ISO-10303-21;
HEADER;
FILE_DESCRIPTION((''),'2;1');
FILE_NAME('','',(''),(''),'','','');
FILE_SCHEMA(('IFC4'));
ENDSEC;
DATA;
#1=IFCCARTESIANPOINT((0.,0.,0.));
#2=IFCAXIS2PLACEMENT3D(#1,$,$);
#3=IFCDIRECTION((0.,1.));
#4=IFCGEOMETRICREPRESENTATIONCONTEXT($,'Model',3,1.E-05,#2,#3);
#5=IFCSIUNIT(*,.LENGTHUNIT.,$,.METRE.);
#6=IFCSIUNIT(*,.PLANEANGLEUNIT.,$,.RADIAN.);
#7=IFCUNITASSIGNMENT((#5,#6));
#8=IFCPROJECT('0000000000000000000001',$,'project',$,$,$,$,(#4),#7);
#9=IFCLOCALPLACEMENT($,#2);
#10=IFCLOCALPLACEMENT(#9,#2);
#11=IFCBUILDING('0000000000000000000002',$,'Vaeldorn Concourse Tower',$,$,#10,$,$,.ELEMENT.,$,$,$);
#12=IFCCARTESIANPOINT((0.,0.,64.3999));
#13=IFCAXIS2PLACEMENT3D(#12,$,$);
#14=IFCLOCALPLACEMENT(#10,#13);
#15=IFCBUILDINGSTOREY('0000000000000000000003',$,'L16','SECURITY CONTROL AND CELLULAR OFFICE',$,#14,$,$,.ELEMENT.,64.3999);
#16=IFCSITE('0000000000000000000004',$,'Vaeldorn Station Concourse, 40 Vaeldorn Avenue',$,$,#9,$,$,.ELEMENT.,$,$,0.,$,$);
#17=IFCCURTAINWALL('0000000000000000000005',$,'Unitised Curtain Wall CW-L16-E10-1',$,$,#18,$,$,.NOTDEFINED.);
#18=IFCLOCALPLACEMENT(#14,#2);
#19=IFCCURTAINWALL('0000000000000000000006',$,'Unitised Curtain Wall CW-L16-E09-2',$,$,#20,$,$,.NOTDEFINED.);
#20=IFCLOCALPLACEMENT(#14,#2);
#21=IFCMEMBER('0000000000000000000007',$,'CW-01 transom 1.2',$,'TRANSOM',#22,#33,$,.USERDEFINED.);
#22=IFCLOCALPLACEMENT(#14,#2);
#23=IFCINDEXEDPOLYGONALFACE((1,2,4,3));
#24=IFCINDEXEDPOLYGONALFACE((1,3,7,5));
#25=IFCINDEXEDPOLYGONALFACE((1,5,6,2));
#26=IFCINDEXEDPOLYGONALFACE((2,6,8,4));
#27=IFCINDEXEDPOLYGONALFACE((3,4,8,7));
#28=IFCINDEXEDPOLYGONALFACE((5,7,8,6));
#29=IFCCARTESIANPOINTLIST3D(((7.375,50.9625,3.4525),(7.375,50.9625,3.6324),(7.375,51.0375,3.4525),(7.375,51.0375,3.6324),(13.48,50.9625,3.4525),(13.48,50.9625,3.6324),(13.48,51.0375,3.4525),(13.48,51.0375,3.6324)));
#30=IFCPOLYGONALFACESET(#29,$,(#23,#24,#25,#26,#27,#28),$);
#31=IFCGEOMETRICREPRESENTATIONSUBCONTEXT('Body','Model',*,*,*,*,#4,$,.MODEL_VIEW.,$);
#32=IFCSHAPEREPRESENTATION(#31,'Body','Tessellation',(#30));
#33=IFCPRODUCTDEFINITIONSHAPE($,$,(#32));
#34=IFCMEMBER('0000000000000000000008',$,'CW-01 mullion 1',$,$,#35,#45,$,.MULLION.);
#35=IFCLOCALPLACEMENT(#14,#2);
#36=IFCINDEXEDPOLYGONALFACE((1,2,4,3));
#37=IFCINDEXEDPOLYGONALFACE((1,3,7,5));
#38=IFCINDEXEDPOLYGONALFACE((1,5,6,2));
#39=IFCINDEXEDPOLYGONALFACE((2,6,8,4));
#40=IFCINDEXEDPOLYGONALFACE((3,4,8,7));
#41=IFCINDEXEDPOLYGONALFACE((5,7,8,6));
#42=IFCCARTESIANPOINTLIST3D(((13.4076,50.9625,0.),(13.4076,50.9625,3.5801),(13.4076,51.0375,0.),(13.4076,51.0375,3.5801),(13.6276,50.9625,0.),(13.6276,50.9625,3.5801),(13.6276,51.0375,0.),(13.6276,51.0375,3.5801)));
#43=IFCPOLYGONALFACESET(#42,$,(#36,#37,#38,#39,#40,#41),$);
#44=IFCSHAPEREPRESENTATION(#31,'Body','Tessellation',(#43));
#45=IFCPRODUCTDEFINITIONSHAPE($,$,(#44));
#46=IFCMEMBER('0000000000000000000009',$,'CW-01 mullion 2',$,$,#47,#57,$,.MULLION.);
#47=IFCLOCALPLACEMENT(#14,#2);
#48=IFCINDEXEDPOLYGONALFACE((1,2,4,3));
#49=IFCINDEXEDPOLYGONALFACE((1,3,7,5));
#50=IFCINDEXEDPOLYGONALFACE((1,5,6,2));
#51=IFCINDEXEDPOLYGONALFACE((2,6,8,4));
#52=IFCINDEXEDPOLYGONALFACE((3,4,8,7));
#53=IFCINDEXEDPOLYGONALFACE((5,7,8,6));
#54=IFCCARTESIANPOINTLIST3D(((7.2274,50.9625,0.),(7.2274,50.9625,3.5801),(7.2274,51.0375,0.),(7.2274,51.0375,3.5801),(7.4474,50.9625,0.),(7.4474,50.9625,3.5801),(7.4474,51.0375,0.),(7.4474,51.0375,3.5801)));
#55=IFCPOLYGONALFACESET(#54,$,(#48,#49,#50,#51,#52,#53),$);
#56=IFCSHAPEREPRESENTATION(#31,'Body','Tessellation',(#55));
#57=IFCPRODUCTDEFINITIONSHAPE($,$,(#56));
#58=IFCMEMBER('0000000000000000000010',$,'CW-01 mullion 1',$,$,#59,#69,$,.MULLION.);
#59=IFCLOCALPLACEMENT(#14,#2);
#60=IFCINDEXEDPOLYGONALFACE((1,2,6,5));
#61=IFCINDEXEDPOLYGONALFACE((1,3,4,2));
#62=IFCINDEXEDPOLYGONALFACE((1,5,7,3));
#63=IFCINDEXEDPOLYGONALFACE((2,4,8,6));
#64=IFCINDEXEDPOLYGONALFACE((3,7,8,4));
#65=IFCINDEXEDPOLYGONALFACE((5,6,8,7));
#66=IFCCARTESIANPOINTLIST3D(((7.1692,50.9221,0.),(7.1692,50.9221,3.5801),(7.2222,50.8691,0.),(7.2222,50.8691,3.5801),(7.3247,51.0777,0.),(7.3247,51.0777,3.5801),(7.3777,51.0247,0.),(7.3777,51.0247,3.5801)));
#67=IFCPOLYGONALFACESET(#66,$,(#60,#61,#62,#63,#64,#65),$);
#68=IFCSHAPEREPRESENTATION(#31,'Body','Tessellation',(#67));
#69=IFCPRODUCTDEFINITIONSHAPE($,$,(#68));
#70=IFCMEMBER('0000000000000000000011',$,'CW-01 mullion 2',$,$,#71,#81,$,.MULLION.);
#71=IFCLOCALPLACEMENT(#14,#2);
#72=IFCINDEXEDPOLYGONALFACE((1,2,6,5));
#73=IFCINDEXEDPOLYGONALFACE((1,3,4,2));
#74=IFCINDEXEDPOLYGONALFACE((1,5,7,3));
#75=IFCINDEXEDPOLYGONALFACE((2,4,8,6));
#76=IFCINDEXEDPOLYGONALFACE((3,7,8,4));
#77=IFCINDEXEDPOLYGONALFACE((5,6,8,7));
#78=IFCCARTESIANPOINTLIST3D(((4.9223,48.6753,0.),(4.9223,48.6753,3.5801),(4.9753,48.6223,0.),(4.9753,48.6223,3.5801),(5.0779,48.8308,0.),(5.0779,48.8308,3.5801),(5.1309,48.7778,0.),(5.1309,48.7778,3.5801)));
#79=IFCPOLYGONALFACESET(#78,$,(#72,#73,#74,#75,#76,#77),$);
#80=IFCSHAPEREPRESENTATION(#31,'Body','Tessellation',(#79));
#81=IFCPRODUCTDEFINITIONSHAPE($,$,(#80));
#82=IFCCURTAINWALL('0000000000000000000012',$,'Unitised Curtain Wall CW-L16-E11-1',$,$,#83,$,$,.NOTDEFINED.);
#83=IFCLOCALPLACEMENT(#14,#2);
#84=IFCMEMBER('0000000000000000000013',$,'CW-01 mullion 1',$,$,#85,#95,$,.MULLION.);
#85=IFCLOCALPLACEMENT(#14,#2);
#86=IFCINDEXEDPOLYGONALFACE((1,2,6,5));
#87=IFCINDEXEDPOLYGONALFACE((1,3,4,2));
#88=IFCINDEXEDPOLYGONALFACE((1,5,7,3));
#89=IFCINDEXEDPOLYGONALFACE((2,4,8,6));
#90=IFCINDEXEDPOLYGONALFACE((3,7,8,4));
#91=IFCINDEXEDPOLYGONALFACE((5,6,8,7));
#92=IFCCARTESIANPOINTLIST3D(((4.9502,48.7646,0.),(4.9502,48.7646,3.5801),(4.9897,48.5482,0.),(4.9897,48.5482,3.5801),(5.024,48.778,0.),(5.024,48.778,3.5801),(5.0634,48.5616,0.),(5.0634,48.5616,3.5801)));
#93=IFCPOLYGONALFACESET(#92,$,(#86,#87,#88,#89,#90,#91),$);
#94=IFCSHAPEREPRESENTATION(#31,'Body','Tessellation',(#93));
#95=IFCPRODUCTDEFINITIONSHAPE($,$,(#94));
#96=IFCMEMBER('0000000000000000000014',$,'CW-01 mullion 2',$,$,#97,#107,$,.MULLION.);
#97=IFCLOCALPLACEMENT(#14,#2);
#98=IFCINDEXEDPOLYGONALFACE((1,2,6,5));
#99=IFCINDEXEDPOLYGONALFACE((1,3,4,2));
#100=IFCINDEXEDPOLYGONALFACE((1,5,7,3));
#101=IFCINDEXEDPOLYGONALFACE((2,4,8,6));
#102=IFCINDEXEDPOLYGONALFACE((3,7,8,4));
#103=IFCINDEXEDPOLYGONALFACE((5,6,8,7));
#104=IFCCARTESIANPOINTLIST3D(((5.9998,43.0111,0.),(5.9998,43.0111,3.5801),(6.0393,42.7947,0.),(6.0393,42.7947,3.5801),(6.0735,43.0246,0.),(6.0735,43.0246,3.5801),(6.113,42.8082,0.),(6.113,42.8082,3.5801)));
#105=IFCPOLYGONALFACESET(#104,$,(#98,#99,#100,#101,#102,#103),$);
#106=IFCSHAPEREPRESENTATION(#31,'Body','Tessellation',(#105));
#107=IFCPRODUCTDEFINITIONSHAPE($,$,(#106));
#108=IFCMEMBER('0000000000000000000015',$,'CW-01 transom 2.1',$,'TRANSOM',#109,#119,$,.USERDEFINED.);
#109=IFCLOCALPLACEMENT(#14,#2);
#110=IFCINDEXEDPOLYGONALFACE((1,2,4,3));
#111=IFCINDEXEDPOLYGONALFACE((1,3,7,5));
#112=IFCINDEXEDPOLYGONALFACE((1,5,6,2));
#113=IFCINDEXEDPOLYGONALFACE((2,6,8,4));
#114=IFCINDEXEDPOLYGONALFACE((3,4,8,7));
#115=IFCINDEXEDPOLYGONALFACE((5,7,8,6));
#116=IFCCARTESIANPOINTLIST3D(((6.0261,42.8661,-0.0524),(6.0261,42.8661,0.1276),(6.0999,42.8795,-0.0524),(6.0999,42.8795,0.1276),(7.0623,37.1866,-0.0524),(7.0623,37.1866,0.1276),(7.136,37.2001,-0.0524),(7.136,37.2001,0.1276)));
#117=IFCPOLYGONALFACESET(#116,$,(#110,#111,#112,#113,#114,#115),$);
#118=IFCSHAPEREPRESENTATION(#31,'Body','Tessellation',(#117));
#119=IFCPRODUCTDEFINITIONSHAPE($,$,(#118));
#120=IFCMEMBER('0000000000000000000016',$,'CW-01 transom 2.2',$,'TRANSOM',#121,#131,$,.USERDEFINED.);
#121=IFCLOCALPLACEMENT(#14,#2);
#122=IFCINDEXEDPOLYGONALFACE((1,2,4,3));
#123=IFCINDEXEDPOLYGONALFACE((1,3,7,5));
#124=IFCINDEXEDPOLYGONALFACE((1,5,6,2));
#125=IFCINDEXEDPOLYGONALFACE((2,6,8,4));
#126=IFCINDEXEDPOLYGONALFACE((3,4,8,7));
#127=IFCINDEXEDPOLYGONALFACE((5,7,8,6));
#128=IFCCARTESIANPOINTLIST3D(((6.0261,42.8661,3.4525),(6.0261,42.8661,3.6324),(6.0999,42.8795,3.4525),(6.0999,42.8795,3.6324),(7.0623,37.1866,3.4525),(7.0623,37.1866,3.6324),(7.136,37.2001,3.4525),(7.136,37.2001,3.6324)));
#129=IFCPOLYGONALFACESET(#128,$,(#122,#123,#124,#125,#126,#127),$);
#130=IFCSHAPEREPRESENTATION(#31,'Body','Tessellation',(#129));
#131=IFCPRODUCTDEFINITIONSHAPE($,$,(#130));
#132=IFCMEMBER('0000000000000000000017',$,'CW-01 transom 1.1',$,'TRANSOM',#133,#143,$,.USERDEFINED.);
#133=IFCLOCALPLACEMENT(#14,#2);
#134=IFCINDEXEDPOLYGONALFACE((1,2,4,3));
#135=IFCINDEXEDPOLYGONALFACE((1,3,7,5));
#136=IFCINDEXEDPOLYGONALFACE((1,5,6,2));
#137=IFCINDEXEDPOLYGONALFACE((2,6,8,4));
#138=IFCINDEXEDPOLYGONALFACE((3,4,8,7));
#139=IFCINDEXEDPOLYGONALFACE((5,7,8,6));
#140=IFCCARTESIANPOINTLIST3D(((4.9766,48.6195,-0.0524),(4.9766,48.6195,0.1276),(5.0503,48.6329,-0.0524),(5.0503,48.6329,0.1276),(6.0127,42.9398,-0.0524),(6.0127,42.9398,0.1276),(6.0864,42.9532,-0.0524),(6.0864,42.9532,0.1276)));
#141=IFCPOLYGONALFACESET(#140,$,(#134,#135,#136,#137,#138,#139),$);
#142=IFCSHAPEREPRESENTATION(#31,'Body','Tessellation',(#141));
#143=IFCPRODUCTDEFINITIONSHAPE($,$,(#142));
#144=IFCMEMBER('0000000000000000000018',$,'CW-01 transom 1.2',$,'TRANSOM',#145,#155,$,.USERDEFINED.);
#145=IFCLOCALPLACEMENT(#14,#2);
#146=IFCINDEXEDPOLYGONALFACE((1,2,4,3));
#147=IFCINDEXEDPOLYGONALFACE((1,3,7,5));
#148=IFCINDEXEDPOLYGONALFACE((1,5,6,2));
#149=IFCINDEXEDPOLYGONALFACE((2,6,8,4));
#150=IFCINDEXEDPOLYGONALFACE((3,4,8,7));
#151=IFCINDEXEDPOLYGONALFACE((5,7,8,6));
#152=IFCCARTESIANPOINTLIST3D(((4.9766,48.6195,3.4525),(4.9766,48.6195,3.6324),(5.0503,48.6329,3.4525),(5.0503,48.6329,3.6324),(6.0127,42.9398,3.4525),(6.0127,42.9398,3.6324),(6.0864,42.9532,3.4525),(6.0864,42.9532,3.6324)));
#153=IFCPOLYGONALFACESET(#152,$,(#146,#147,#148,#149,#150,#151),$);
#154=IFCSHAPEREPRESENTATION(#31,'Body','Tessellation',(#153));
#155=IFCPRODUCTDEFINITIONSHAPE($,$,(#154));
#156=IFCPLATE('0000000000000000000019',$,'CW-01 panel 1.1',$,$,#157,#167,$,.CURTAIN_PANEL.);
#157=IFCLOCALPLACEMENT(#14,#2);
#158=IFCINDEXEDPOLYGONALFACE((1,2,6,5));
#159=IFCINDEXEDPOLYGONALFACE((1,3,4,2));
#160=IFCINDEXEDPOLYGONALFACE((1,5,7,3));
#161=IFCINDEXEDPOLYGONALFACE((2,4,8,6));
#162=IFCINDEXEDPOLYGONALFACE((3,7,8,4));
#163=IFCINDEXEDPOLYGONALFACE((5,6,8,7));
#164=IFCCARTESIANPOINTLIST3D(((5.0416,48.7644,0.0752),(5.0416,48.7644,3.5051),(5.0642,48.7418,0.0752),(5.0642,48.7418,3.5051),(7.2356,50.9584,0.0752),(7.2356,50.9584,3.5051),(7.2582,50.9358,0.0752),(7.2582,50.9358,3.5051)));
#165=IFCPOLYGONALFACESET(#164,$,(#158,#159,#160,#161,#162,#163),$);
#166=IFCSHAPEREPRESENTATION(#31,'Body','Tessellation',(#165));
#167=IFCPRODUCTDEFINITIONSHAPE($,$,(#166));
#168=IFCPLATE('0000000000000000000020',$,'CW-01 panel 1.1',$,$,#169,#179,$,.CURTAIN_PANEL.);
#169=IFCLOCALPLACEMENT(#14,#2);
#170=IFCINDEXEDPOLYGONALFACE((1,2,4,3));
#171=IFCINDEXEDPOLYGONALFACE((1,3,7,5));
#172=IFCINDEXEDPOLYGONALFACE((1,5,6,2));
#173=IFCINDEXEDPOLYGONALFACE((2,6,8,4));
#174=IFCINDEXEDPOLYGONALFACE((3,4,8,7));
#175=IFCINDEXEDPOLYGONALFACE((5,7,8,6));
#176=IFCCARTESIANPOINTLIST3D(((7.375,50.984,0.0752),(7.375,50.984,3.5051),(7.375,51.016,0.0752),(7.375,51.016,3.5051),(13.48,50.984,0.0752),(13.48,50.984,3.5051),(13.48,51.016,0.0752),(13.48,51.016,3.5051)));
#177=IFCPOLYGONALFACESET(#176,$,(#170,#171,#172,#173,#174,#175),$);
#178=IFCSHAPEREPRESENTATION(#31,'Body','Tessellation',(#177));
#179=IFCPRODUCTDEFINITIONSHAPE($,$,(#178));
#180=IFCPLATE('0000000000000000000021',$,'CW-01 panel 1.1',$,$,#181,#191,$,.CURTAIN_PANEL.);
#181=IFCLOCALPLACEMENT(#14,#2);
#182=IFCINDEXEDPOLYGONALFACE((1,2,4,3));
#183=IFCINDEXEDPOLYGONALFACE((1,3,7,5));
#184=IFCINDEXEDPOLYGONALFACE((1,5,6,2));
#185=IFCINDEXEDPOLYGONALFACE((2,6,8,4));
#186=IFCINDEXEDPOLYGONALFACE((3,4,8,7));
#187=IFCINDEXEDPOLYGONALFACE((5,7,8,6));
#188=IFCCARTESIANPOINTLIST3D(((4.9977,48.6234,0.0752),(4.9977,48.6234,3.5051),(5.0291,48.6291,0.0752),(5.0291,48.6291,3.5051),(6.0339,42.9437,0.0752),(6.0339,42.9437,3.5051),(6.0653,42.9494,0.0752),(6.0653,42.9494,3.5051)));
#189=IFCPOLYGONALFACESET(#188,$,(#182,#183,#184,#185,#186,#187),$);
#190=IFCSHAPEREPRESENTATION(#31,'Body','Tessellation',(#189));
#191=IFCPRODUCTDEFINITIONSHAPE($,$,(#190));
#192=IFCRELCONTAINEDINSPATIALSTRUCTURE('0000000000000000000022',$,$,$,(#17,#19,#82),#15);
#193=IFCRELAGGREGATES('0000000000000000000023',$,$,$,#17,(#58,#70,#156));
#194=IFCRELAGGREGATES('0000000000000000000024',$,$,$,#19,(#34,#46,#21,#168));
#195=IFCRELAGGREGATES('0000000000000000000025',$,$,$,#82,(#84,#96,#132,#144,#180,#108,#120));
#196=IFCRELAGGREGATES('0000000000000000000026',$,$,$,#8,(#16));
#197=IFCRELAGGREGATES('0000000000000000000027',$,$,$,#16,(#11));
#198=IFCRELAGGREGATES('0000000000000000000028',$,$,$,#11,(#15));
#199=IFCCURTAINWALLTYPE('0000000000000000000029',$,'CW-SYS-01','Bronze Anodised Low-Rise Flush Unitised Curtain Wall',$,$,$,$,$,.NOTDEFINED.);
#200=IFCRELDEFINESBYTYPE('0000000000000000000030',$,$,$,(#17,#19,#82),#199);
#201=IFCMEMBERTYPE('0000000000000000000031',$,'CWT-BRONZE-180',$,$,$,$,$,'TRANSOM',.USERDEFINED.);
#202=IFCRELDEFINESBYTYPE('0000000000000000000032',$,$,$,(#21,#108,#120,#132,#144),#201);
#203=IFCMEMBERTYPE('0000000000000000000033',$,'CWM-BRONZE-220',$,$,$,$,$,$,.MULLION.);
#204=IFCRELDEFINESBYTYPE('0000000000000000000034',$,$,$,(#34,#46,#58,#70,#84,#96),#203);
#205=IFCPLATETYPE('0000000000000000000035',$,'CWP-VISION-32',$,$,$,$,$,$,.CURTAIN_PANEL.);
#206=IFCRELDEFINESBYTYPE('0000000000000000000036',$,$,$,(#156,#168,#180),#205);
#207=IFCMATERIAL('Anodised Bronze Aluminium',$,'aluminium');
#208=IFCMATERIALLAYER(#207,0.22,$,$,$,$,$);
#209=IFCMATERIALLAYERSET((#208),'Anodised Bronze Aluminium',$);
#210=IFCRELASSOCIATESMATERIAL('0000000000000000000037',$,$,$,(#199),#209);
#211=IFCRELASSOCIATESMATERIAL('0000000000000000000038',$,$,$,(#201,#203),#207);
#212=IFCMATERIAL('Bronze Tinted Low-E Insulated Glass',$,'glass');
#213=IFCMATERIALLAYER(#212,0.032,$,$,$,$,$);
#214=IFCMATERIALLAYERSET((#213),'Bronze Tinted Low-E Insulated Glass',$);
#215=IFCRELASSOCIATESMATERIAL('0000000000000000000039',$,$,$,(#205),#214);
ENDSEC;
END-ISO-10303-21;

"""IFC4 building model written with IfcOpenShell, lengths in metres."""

from ifc_helpers import new_model, si_unit, direction, frame, origin, origin_2d, place, context, subcontext, project, spatial, rectangle, extrude, source, transform, mapped, material, layer, layer_set, material_profile, profile_set, type_object, element, aggregate, save


model = new_model("IFC4")

# Units and contexts
model_context = context("Model", 3, precision=1e-05, world=origin(), true_north=direction((0.0, 1.0)))
body_context = subcontext(model_context, "Body", "Model", "MODEL_VIEW")
ifc_project = project(units=[si_unit("LENGTHUNIT", "METRE"), si_unit("PLANEANGLEUNIT", "RADIAN")], contexts=[model_context])

# Site, building, storey
site_placement = place(None, origin())
site = spatial("IfcSite", under=ifc_project, at=site_placement, Name="Vaeldorn Station Concourse, 40 Vaeldorn Avenue", CompositionType="ELEMENT", RefElevation=0.0)
building_placement = place(site_placement, origin())
building = spatial("IfcBuilding", under=site, at=building_placement, Name="Vaeldorn Concourse Tower", CompositionType="ELEMENT")
storey_placement = place(building_placement, frame((0.0, 0.0, 64.3999)))
storey = spatial("IfcBuildingStorey", under=building, at=storey_placement, Name="L16", Description="SECURITY CONTROL AND CELLULAR OFFICE", CompositionType="ELEMENT", Elevation=64.3999)

# Curtain walls, members
ifc_material_1 = material(Name="Anodised Bronze Aluminium", Category="aluminium")
ifc_layer_1 = layer(ifc_material_1, 0.22)
ifc_layer_set_1 = layer_set([ifc_layer_1], Name="Anodised Bronze Aluminium")
curtain_wall_type = type_object("IfcCurtainWallType", Name="CW-SYS-01", Description="Bronze Anodised Low-Rise Flush Unitised Curtain Wall", PredefinedType="NOTDEFINED", material=ifc_layer_set_1)
curtain_wall_1_placement = place(storey_placement, origin())
curtain_wall_1 = element("IfcCurtainWall", 1, at=curtain_wall_1_placement, inside=storey, type_object=curtain_wall_type, Name="Unitised Curtain Wall CW-L16-E10-1", PredefinedType="NOTDEFINED")
ifc_material_profile_1 = material_profile(ifc_material_1, rectangle(XDim=0.075, YDim=0.1799, at=origin_2d()), Name="CWT 75x180")
ifc_profile_set_1 = profile_set([ifc_material_profile_1], Name="Anodised Bronze Aluminium")
member_type_1 = type_object("IfcMemberType", Name="CWT-BRONZE-180", ElementType="TRANSOM", PredefinedType="USERDEFINED", material=ifc_profile_set_1)
curtain_wall_2_placement = place(storey_placement, origin())
curtain_wall_2 = element("IfcCurtainWall", 2, at=curtain_wall_2_placement, inside=storey, type_object=curtain_wall_type, Name="Unitised Curtain Wall CW-L16-E09-2", PredefinedType="NOTDEFINED")
shared_shape_1 = source(origin(), body_context, "Body", "SweptSolid", [
    extrude(rectangle(XDim=0.075, YDim=0.1799, at=origin_2d()), origin(), (0.0, 0.0, 1.0), 6.105),
])
member_1_placement = place(storey_placement, frame((13.48, 51.0, 3.5425), z_axis=(-1.0, 0.0, 0.0), x_axis=(0.0, -1.0, 0.0)))
member_1 = element("IfcMember", 3, at=member_1_placement, type_object=member_type_1, Name="CW-01 transom 1.2", ObjectType="TRANSOM", PredefinedType="USERDEFINED", context=body_context, shape_type="MappedRepresentation", body=[
    mapped(shared_shape_1, transform((0.0, 0.0, 0.0), scale=1.0)),
])
ifc_material_profile_2 = material_profile(ifc_material_1, rectangle(XDim=0.075, YDim=0.22, at=origin_2d()), Name="CWM 75x220")
ifc_profile_set_2 = profile_set([ifc_material_profile_2], Name="Anodised Bronze Aluminium")
member_type_2 = type_object("IfcMemberType", Name="CWM-BRONZE-220", PredefinedType="MULLION", material=ifc_profile_set_2)
shared_shape_2 = source(origin(), body_context, "Body", "SweptSolid", [
    extrude(rectangle(XDim=0.075, YDim=0.22, at=origin_2d()), origin(), (0.0, 0.0, 1.0), 3.5801),
])
member_2_placement = place(storey_placement, frame((13.5176, 51.0, 0.0), z_axis=(0.0, 0.0, 1.0), x_axis=(0.0, -1.0, 0.0)))
member_2 = element("IfcMember", 4, at=member_2_placement, type_object=member_type_2, Name="CW-01 mullion 1", PredefinedType="MULLION", context=body_context, shape_type="MappedRepresentation", body=[
    mapped(shared_shape_2, transform((0.0, 0.0, 0.0), scale=1.0)),
])
member_3_placement = place(storey_placement, frame((7.3374, 51.0, 0.0), z_axis=(0.0, 0.0, 1.0), x_axis=(0.0, -1.0, 0.0)))
member_3 = element("IfcMember", 5, at=member_3_placement, type_object=member_type_2, Name="CW-01 mullion 2", PredefinedType="MULLION", context=body_context, shape_type="MappedRepresentation", body=[
    mapped(shared_shape_2, transform((0.0, 0.0, 0.0), scale=1.0)),
])

# Members
member_4_placement = place(storey_placement, frame((7.2734, 50.9734, 0.0), z_axis=(0.0, 0.0, 1.0), x_axis=(0.707107, -0.707107, 0.0)))
member_4 = element("IfcMember", 6, at=member_4_placement, type_object=member_type_2, Name="CW-01 mullion 1", PredefinedType="MULLION", context=body_context, shape_type="MappedRepresentation", body=[
    mapped(shared_shape_2, transform((0.0, 0.0, 0.0), scale=1.0)),
])
member_5_placement = place(storey_placement, frame((5.0266, 48.7266, 0.0), z_axis=(0.0, 0.0, 1.0), x_axis=(0.707107, -0.707107, 0.0)))
member_5 = element("IfcMember", 7, at=member_5_placement, type_object=member_type_2, Name="CW-01 mullion 2", PredefinedType="MULLION", context=body_context, shape_type="MappedRepresentation", body=[
    mapped(shared_shape_2, transform((0.0, 0.0, 0.0), scale=1.0)),
])

# Curtain wall, members
curtain_wall_3_placement = place(storey_placement, origin())
curtain_wall_3 = element("IfcCurtainWall", 8, at=curtain_wall_3_placement, inside=storey, type_object=curtain_wall_type, Name="Unitised Curtain Wall CW-L16-E11-1", PredefinedType="NOTDEFINED")
member_6_placement = place(storey_placement, frame((5.0068, 48.6631, 0.0), z_axis=(0.0, 0.0, 1.0), x_axis=(0.983763, 0.179474, 0.0)))
member_6 = element("IfcMember", 9, at=member_6_placement, type_object=member_type_2, Name="CW-01 mullion 1", PredefinedType="MULLION", context=body_context, shape_type="MappedRepresentation", body=[
    mapped(shared_shape_2, transform((0.0, 0.0, 0.0), scale=1.0)),
])
member_7_placement = place(storey_placement, frame((6.0564, 42.9097, 0.0), z_axis=(0.0, 0.0, 1.0), x_axis=(0.983763, 0.179474, 0.0)))
member_7 = element("IfcMember", 10, at=member_7_placement, type_object=member_type_2, Name="CW-01 mullion 2", PredefinedType="MULLION", context=body_context, shape_type="MappedRepresentation", body=[
    mapped(shared_shape_2, transform((0.0, 0.0, 0.0), scale=1.0)),
])
shared_shape_3 = source(origin(), body_context, "Body", "SweptSolid", [
    extrude(rectangle(XDim=0.075, YDim=0.1799, at=origin_2d()), origin(), (0.0, 0.0, 1.0), 5.7732),
])
member_8_placement = place(storey_placement, frame((6.063, 42.8728, 0.0376), z_axis=(0.179473, -0.983763, 0.0), x_axis=(0.983763, 0.179473, 0.0)))
member_8 = element("IfcMember", 11, at=member_8_placement, type_object=member_type_1, Name="CW-01 transom 2.1", ObjectType="TRANSOM", PredefinedType="USERDEFINED", context=body_context, shape_type="MappedRepresentation", body=[
    mapped(shared_shape_3, transform((0.0, 0.0, 0.0), scale=1.0)),
])
member_9_placement = place(storey_placement, frame((6.063, 42.8728, 3.5425), z_axis=(0.179473, -0.983763, 0.0), x_axis=(0.983763, 0.179473, 0.0)))
member_9 = element("IfcMember", 12, at=member_9_placement, type_object=member_type_1, Name="CW-01 transom 2.2", ObjectType="TRANSOM", PredefinedType="USERDEFINED", context=body_context, shape_type="MappedRepresentation", body=[
    mapped(shared_shape_3, transform((0.0, 0.0, 0.0), scale=1.0)),
])
shared_shape_4 = source(origin(), body_context, "Body", "SweptSolid", [
    extrude(rectangle(XDim=0.075, YDim=0.1799, at=origin_2d()), origin(), (0.0, 0.0, 1.0), 5.7734),
])
member_10_placement = place(storey_placement, frame((5.0134, 48.6262, 0.0376), z_axis=(0.179466, -0.983764, 0.0), x_axis=(0.983764, 0.179466, 0.0)))
member_10 = element("IfcMember", 13, at=member_10_placement, type_object=member_type_1, Name="CW-01 transom 1.1", ObjectType="TRANSOM", PredefinedType="USERDEFINED", context=body_context, shape_type="MappedRepresentation", body=[
    mapped(shared_shape_4, transform((0.0, 0.0, 0.0), scale=1.0)),
])
member_11_placement = place(storey_placement, frame((5.0134, 48.6262, 3.5425), z_axis=(0.179466, -0.983764, 0.0), x_axis=(0.983764, 0.179466, 0.0)))
member_11 = element("IfcMember", 14, at=member_11_placement, type_object=member_type_1, Name="CW-01 transom 1.2", ObjectType="TRANSOM", PredefinedType="USERDEFINED", context=body_context, shape_type="MappedRepresentation", body=[
    mapped(shared_shape_4, transform((0.0, 0.0, 0.0), scale=1.0)),
])

# Plates
ifc_material_2 = material(Name="Bronze Tinted Low-E Insulated Glass", Category="glass")
ifc_layer_2 = layer(ifc_material_2, 0.032)
ifc_layer_set_2 = layer_set([ifc_layer_2], Name="Bronze Tinted Low-E Insulated Glass")
plate_type = type_object("IfcPlateType", Name="CWP-VISION-32", PredefinedType="CURTAIN_PANEL", material=ifc_layer_set_2)
shared_shape_5 = source(origin(), body_context, "Body", "SweptSolid", [
    extrude(rectangle(XDim=3.1028, YDim=0.032, at=origin_2d()), origin(), (0.0, 0.0, 1.0), 3.4299),
])
plate_1_placement = place(storey_placement, frame((6.1499, 49.8501, 0.0752), z_axis=(0.0, 0.0, 1.0), x_axis=(-0.707107, -0.707107, 0.0)))
plate_1 = element("IfcPlate", 15, at=plate_1_placement, type_object=plate_type, Name="CW-01 panel 1.1", PredefinedType="CURTAIN_PANEL", context=body_context, shape_type="MappedRepresentation", body=[
    mapped(shared_shape_5, transform((0.0, 0.0, 0.0), scale=1.0)),
])
aggregate(curtain_wall_1, [member_4, member_5, plate_1])
shared_shape_6 = source(origin(), body_context, "Body", "SweptSolid", [
    extrude(rectangle(XDim=6.105, YDim=0.032, at=origin_2d()), origin(), (0.0, 0.0, 1.0), 3.4299),
])
plate_2_placement = place(storey_placement, frame((10.4275, 51.0, 0.0752), z_axis=(0.0, 0.0, 1.0), x_axis=(-1.0, 0.0, 0.0)))
plate_2 = element("IfcPlate", 16, at=plate_2_placement, type_object=plate_type, Name="CW-01 panel 1.1", PredefinedType="CURTAIN_PANEL", context=body_context, shape_type="MappedRepresentation", body=[
    mapped(shared_shape_6, transform((0.0, 0.0, 0.0), scale=1.0)),
])
aggregate(curtain_wall_2, [member_2, member_3, member_1, plate_2])
shared_shape_7 = source(origin(), body_context, "Body", "SweptSolid", [
    extrude(rectangle(XDim=5.7734, YDim=0.032, at=origin_2d()), origin(), (0.0, 0.0, 1.0), 3.4299),
])
plate_3_placement = place(storey_placement, frame((5.5315, 45.7864, 0.0752), z_axis=(0.0, 0.0, 1.0), x_axis=(0.179474, -0.983763, 0.0)))
plate_3 = element("IfcPlate", 17, at=plate_3_placement, type_object=plate_type, Name="CW-01 panel 1.1", PredefinedType="CURTAIN_PANEL", context=body_context, shape_type="MappedRepresentation", body=[
    mapped(shared_shape_7, transform((0.0, 0.0, 0.0), scale=1.0)),
])
aggregate(curtain_wall_3, [member_6, member_7, member_10, member_11, plate_3, member_8, member_9])

save(model, "model.ifc")
